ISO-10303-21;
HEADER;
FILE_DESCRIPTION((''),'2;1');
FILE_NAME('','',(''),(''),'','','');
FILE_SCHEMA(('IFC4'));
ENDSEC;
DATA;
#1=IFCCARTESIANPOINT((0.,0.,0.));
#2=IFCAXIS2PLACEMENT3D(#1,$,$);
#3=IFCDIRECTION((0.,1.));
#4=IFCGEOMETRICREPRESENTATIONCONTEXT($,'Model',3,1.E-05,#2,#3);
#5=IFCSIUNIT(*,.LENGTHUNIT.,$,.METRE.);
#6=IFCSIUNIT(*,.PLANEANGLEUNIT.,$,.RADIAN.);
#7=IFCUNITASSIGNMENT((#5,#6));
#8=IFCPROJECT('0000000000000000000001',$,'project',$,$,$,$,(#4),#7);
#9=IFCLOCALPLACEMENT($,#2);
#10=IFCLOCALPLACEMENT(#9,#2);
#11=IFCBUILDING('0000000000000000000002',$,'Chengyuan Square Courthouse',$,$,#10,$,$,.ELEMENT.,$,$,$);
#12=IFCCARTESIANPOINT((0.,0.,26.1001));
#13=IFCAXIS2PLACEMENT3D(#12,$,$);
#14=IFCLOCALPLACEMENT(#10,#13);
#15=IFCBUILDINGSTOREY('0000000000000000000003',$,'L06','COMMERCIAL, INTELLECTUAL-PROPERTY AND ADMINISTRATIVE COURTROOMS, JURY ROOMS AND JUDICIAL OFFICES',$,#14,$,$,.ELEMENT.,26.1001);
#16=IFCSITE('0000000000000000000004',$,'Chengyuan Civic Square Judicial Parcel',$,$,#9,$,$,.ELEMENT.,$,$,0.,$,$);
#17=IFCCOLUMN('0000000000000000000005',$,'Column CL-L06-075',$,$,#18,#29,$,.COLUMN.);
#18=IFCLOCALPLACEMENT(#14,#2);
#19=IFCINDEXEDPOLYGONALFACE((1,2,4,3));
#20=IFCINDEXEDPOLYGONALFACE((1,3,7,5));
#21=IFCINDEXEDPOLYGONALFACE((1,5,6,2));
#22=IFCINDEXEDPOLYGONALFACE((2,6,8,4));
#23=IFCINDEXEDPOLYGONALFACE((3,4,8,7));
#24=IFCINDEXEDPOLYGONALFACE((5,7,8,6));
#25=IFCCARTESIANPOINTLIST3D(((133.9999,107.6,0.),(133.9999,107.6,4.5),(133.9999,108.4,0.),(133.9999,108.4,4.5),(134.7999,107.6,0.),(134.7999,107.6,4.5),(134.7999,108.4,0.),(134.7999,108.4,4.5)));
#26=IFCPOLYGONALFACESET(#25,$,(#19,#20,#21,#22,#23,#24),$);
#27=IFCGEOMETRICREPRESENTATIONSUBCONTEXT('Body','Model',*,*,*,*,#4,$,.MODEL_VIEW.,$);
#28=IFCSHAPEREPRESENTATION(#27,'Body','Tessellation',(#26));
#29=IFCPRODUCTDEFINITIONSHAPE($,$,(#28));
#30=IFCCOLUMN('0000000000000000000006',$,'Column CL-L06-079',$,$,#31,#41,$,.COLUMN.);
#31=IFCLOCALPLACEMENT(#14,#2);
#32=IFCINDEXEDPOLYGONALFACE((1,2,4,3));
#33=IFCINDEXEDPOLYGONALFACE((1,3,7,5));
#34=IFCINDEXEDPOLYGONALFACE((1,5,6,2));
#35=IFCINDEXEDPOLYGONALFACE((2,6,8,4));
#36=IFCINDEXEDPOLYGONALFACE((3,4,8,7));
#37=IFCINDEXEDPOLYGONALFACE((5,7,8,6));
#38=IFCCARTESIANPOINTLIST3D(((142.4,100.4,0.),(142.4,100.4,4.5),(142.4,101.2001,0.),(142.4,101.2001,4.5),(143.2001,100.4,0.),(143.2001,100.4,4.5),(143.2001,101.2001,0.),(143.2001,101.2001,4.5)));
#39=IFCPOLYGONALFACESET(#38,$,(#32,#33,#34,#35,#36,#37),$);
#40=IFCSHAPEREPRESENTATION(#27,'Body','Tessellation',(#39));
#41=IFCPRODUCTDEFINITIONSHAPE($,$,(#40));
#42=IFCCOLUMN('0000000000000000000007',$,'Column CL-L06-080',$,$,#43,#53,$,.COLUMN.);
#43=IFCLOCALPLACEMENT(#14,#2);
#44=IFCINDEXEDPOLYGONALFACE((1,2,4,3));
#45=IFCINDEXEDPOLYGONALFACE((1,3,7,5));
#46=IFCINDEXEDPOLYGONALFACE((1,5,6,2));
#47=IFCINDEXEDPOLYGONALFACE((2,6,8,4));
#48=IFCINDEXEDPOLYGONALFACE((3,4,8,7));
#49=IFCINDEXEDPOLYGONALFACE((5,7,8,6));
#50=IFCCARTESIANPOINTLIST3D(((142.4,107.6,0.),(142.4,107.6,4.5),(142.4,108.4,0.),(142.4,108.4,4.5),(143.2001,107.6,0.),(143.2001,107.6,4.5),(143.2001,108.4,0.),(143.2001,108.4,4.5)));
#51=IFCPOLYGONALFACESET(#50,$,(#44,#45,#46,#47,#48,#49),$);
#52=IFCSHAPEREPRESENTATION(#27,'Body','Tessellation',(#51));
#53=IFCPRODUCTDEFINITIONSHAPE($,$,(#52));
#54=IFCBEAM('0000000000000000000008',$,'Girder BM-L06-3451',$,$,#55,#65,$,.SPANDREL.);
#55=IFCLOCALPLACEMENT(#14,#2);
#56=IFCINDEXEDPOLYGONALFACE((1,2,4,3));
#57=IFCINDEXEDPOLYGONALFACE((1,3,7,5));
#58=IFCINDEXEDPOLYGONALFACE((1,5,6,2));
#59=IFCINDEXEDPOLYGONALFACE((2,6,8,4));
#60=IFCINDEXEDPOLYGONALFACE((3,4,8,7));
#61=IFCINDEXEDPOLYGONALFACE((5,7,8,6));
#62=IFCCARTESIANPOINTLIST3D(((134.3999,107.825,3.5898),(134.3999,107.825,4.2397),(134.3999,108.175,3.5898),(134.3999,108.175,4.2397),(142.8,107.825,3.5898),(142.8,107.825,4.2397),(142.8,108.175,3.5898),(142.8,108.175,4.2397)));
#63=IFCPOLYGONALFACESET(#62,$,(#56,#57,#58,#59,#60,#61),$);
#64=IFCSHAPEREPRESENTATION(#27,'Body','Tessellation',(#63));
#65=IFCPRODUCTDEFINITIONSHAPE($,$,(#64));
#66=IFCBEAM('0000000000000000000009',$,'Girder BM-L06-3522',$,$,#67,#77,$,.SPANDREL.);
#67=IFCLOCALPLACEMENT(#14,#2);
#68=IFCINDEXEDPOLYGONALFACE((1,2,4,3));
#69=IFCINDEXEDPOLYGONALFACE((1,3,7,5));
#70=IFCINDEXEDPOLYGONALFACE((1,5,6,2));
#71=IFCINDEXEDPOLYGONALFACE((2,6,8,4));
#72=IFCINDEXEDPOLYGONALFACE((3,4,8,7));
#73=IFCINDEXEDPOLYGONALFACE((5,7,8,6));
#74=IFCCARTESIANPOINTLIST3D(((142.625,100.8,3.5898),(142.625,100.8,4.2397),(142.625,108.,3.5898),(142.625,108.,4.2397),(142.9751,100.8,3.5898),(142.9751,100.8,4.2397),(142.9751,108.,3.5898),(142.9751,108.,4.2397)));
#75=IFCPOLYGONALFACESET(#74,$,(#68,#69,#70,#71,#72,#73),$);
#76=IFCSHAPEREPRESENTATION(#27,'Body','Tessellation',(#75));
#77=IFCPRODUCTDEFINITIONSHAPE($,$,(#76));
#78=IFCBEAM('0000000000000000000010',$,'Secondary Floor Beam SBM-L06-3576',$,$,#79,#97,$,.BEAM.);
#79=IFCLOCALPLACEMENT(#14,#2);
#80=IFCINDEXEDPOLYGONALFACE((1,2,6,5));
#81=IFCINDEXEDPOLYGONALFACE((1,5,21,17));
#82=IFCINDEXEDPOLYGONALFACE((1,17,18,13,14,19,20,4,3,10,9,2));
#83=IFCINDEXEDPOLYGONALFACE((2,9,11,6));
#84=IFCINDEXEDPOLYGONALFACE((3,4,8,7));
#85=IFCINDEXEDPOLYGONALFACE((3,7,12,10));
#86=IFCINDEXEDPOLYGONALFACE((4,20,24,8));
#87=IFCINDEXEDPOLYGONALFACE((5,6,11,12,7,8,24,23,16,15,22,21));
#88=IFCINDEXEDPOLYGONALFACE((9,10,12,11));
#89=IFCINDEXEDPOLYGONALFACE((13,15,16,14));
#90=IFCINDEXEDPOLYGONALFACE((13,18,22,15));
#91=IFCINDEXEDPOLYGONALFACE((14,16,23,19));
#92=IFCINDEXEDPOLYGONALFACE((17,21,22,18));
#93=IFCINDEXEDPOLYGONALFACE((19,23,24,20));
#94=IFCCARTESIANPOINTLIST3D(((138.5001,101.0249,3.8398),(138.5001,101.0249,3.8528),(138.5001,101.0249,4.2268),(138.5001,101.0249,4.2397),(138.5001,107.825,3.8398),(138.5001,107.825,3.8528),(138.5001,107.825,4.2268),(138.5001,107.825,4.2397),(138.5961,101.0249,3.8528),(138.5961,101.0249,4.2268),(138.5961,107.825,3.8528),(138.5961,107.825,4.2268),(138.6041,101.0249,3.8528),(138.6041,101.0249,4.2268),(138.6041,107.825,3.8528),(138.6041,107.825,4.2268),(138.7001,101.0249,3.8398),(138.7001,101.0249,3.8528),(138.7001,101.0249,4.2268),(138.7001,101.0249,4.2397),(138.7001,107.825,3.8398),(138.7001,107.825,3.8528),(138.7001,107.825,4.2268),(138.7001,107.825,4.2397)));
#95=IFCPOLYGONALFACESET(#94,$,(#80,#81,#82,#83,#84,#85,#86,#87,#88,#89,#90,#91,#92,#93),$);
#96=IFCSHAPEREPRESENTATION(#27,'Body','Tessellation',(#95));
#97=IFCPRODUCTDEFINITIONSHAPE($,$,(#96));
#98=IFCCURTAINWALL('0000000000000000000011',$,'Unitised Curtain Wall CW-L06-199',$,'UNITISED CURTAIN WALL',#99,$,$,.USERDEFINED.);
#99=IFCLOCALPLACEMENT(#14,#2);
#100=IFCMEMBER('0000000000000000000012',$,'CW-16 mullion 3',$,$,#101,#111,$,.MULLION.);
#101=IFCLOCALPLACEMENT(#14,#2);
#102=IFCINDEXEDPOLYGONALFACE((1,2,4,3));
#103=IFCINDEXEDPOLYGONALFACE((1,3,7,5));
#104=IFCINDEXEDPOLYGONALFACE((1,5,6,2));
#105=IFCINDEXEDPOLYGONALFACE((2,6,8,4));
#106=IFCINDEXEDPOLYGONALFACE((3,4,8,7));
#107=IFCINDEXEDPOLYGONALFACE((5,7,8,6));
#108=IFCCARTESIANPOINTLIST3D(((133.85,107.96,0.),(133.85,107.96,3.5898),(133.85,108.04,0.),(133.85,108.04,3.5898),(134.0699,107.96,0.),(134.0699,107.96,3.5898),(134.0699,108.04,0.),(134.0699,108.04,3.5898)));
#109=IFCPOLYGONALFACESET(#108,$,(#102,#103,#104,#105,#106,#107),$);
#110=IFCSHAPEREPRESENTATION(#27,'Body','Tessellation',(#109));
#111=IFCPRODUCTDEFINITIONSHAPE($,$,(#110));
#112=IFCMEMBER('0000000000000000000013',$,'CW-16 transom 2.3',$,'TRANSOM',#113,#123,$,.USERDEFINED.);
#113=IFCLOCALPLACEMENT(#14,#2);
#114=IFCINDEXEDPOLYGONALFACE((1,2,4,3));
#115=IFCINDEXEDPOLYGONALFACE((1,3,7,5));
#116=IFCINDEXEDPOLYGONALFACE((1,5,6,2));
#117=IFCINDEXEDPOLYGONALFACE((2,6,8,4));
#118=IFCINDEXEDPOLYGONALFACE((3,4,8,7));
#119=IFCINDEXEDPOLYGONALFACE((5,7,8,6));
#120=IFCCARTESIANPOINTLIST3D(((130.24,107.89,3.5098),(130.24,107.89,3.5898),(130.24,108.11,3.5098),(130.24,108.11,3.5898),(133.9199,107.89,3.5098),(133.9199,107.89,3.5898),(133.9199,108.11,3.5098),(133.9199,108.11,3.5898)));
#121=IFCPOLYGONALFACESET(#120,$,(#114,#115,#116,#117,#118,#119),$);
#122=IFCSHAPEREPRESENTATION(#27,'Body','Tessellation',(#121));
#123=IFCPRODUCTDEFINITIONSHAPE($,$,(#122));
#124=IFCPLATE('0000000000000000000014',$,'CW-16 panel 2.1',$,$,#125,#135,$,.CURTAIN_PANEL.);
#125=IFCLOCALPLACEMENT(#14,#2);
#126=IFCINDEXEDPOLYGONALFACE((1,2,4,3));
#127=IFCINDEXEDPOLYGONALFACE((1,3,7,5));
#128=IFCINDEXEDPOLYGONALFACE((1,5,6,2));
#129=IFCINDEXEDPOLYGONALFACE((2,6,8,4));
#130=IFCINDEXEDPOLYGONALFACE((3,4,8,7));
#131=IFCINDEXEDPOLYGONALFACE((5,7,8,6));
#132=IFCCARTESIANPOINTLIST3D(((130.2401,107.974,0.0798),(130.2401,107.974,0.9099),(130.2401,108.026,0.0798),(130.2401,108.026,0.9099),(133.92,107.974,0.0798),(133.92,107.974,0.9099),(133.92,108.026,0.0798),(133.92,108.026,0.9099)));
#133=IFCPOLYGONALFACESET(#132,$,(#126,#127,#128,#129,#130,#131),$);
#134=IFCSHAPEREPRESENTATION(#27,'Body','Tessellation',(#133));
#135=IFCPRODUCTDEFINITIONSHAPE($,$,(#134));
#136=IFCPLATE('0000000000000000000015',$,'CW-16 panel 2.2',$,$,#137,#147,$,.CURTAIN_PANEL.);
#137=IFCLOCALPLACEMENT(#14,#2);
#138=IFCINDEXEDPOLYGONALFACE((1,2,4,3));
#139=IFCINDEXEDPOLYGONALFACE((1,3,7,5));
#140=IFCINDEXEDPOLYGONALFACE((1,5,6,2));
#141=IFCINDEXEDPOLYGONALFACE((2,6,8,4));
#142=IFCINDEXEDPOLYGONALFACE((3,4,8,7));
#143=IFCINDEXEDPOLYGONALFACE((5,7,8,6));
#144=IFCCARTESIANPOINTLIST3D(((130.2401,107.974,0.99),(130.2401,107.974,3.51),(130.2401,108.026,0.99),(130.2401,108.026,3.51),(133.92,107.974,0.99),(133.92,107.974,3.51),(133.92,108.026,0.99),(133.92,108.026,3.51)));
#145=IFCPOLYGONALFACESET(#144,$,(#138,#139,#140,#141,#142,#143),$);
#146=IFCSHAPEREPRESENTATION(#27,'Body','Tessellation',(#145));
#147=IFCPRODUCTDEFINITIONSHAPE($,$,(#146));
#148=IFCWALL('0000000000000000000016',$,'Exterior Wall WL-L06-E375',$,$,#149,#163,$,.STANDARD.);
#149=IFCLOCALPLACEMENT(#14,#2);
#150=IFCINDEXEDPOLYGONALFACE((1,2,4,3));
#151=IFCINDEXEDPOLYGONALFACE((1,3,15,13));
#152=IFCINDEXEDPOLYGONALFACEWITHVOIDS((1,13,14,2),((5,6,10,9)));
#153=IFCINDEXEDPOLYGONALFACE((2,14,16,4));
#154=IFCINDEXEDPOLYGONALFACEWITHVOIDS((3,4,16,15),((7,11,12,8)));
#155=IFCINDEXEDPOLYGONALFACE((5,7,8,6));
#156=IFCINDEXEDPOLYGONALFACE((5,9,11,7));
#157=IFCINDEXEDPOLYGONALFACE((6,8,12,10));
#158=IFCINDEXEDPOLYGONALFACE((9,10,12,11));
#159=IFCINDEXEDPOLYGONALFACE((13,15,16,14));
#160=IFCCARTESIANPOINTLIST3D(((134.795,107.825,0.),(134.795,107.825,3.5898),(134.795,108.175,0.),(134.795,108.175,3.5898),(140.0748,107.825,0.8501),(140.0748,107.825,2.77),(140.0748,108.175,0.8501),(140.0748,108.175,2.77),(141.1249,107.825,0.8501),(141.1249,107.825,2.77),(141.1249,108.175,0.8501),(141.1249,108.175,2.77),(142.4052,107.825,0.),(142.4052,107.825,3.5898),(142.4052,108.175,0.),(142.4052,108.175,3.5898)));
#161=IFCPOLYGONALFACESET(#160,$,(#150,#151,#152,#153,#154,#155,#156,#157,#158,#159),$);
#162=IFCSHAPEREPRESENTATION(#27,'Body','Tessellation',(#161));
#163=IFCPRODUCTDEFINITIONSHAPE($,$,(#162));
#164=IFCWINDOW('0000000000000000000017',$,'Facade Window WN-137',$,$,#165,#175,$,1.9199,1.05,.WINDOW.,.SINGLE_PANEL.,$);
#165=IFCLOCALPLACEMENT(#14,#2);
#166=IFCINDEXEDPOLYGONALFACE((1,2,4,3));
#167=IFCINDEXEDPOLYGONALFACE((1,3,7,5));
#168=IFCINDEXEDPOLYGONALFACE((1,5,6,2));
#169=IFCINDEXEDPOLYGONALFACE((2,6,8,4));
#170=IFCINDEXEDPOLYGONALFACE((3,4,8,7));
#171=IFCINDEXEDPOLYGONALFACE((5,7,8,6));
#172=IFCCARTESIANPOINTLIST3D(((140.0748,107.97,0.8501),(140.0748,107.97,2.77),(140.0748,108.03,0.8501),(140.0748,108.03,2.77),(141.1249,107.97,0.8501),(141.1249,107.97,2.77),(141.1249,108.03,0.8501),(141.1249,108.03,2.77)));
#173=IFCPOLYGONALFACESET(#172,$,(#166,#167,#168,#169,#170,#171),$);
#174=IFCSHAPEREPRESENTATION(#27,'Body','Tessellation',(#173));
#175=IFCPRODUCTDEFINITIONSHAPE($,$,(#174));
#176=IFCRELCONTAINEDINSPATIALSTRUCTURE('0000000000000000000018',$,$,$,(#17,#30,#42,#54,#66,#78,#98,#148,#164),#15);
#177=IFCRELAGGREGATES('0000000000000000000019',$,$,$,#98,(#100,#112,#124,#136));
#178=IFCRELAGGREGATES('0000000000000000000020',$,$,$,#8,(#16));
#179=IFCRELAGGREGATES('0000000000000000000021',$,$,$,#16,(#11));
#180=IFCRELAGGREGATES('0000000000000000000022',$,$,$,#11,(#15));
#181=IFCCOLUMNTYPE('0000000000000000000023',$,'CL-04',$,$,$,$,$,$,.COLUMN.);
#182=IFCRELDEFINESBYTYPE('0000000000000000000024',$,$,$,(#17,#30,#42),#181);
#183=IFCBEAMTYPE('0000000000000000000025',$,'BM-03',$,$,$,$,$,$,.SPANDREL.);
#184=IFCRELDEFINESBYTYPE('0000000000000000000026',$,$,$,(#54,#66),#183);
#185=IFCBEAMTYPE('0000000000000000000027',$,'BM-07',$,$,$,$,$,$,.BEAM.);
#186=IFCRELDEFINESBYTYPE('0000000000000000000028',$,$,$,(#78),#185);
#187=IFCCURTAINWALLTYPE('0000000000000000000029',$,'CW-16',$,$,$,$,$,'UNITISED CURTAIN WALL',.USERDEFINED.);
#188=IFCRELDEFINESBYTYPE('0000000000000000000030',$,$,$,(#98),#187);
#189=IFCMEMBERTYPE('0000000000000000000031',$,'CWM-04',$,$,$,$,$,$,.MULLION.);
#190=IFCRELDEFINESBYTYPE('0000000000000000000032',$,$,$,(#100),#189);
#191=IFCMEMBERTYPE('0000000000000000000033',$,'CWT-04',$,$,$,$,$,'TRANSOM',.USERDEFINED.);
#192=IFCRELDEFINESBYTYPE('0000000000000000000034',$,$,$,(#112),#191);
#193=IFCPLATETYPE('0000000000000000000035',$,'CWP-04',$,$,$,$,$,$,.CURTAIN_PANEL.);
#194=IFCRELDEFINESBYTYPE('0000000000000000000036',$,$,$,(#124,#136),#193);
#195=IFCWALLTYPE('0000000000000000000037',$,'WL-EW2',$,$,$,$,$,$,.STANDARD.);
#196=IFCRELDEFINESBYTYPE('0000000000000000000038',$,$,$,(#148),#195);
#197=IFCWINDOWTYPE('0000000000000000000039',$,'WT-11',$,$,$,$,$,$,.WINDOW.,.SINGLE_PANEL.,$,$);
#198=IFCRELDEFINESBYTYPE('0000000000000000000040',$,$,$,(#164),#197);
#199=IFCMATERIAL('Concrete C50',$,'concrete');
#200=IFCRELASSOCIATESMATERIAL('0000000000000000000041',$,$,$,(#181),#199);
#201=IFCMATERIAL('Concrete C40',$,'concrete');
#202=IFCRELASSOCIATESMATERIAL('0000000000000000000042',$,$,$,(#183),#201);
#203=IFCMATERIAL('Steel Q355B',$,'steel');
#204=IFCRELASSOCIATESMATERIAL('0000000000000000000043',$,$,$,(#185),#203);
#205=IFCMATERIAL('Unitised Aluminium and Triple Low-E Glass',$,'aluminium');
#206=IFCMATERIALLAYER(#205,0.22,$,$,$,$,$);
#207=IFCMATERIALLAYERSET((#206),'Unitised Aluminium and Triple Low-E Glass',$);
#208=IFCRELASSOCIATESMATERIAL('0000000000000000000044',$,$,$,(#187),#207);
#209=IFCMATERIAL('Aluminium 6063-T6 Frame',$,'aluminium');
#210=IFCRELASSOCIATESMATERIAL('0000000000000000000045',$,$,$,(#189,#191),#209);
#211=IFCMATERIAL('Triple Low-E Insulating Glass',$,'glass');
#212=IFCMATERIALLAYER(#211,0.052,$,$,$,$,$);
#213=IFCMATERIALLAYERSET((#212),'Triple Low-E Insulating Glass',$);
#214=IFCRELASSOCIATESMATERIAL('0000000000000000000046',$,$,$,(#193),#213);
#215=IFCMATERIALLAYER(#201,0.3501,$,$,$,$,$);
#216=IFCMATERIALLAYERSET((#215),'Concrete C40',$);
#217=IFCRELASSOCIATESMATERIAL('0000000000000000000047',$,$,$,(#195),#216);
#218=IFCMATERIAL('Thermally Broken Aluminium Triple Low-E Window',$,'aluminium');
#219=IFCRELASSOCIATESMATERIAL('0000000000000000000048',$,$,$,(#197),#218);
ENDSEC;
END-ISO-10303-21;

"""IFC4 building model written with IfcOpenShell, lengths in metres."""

from ifc_helpers import new_model, si_unit, direction, frame, frame_2d, origin, origin_2d, place, context, subcontext, project, spatial, rectangle, i_section, extrude, material, layer, layer_set, material_profile, profile_set, type_object, element, fill, aggregate, save


model = new_model("IFC4")

# Units and contexts
model_context = context("Model", 3, precision=1e-05, world=origin(), true_north=direction((0.0, 1.0)))
body_context = subcontext(model_context, "Body", "Model", "MODEL_VIEW")
ifc_project = project(units=[si_unit("LENGTHUNIT", "METRE"), si_unit("PLANEANGLEUNIT", "RADIAN")], contexts=[model_context])

# Site, building, storey
site_placement = place(None, origin())
site = spatial("IfcSite", under=ifc_project, at=site_placement, Name="Chengyuan Civic Square Judicial Parcel", CompositionType="ELEMENT", RefElevation=0.0)
building_placement = place(site_placement, origin())
building = spatial("IfcBuilding", under=site, at=building_placement, Name="Chengyuan Square Courthouse", CompositionType="ELEMENT")
storey_placement = place(building_placement, frame((0.0, 0.0, 26.1001)))
storey = spatial("IfcBuildingStorey", under=building, at=storey_placement, Name="L06", Description="COMMERCIAL, INTELLECTUAL-PROPERTY AND ADMINISTRATIVE COURTROOMS, JURY ROOMS AND JUDICIAL OFFICES", CompositionType="ELEMENT", Elevation=26.1001)

# Columns
ifc_material_1 = material(Name="Concrete C50", Category="concrete")
ifc_material_profile_1 = material_profile(ifc_material_1, rectangle(XDim=0.8, YDim=0.8, at=origin_2d()), Name="RC-COL-800x800")
ifc_profile_set_1 = profile_set([ifc_material_profile_1], Name="Concrete C50")
column_type = type_object("IfcColumnType", Name="CL-04", PredefinedType="COLUMN", material=ifc_profile_set_1)
for number, where, z_axis, x_axis, name in (
    (1, (134.3999, 108.0, 0.0), (0.0, 0.0, 1.0), (1.0, 0.0, 0.0), "Column CL-L06-075"),
    (2, (142.8, 100.8, 0.0), (0.0, 0.0, 1.0), (1.0, 0.0, 0.0), "Column CL-L06-079"),
    (3, (142.8, 108.0, 0.0), (0.0, 0.0, 1.0), (1.0, 0.0, 0.0), "Column CL-L06-080"),
):
    element("IfcColumn", number, at=place(storey_placement, frame(where, z_axis=z_axis, x_axis=x_axis)), inside=storey, type_object=column_type, Name=name, PredefinedType="COLUMN", context=body_context, shape_type="SweptSolid", body=[
        extrude(rectangle(XDim=0.8, YDim=0.8, at=origin_2d()), origin(), (0.0, 0.0, 1.0), 4.5),
    ])

# Beams
ifc_material_2 = material(Name="Concrete C40", Category="concrete")
ifc_material_profile_2 = material_profile(ifc_material_2, rectangle(XDim=0.3501, YDim=0.6499, at=origin_2d()), Name="RC-BM-350x650")
ifc_profile_set_2 = profile_set([ifc_material_profile_2], Name="Concrete C40")
beam_type_1 = type_object("IfcBeamType", Name="BM-03", PredefinedType="SPANDREL", material=ifc_profile_set_2)
beam_1_placement = place(storey_placement, frame((134.3999, 108.0, 3.9148), z_axis=(1.0, 0.0, 0.0), x_axis=(0.0, 1.0, 0.0)))
element("IfcBeam", 4, at=beam_1_placement, inside=storey, type_object=beam_type_1, Name="Girder BM-L06-3451", PredefinedType="SPANDREL", context=body_context, shape_type="SweptSolid", body=[
    extrude(rectangle(XDim=0.3501, YDim=0.6499, at=origin_2d()), origin(), (0.0, 0.0, 1.0), 8.4001),
])
beam_2_placement = place(storey_placement, frame((142.8, 100.8, 3.9148), z_axis=(0.0, 1.0, 0.0), x_axis=(-1.0, 0.0, 0.0)))
element("IfcBeam", 5, at=beam_2_placement, inside=storey, type_object=beam_type_1, Name="Girder BM-L06-3522", PredefinedType="SPANDREL", context=body_context, shape_type="SweptSolid", body=[
    extrude(rectangle(XDim=0.3501, YDim=0.6499, at=origin_2d()), origin(), (0.0, 0.0, 1.0), 7.2),
])
ifc_material_3 = material(Name="Steel Q355B", Category="steel")
ifc_material_profile_3 = material_profile(ifc_material_3, i_section(OverallWidth=0.2, OverallDepth=0.3999, WebThickness=0.0081, FlangeThickness=0.0129, at=origin_2d()), Name="HN 400x200x8x13")
ifc_profile_set_3 = profile_set([ifc_material_profile_3], Name="Steel Q355B")
beam_type_2 = type_object("IfcBeamType", Name="BM-07", PredefinedType="BEAM", material=ifc_profile_set_3)
beam_3_placement = place(storey_placement, frame((138.6001, 101.0249, 4.0398), z_axis=(0.0, 1.0, 0.0), x_axis=(-1.0, 0.0, 0.0)))
element("IfcBeam", 6, at=beam_3_placement, inside=storey, type_object=beam_type_2, Name="Secondary Floor Beam SBM-L06-3576", PredefinedType="BEAM", context=body_context, shape_type="SweptSolid", body=[
    extrude(i_section(OverallWidth=0.2, OverallDepth=0.3999, WebThickness=0.0081, FlangeThickness=0.0129, at=origin_2d()), origin(), (0.0, 0.0, 1.0), 6.8),
])

# Curtain wall, members, plates
ifc_material_4 = material(Name="Unitised Aluminium and Triple Low-E Glass", Category="aluminium")
ifc_layer_1 = layer(ifc_material_4, 0.22)
ifc_layer_set_1 = layer_set([ifc_layer_1], Name="Unitised Aluminium and Triple Low-E Glass")
curtain_wall_type = type_object("IfcCurtainWallType", Name="CW-16", ElementType="UNITISED CURTAIN WALL", PredefinedType="USERDEFINED", material=ifc_layer_set_1)
curtain_wall_placement = place(storey_placement, origin())
curtain_wall = element("IfcCurtainWall", 7, at=curtain_wall_placement, inside=storey, type_object=curtain_wall_type, Name="Unitised Curtain Wall CW-L06-199", ObjectType="UNITISED CURTAIN WALL", PredefinedType="USERDEFINED")
ifc_material_5 = material(Name="Aluminium 6063-T6 Frame", Category="aluminium")
ifc_material_profile_4 = material_profile(ifc_material_5, rectangle(XDim=0.0801, YDim=0.22, at=origin_2d()), Name="CW-MUL-80x220")
ifc_profile_set_4 = profile_set([ifc_material_profile_4], Name="Aluminium 6063-T6 Frame")
member_type_1 = type_object("IfcMemberType", Name="CWM-04", PredefinedType="MULLION", material=ifc_profile_set_4)
member_1_placement = place(storey_placement, frame((133.96, 108.0, 0.0), z_axis=(0.0, 0.0, 1.0), x_axis=(0.0, 1.0, 0.0)))
member_1 = element("IfcMember", 8, at=member_1_placement, type_object=member_type_1, Name="CW-16 mullion 3", PredefinedType="MULLION", context=body_context, shape_type="SweptSolid", body=[
    extrude(rectangle(XDim=0.0801, YDim=0.22, at=origin_2d()), origin(), (0.0, 0.0, 1.0), 3.5898),
])
ifc_material_profile_5 = material_profile(ifc_material_5, rectangle(XDim=0.22, YDim=0.0801, at=origin_2d()), Name="CW-TRN-80x180")
ifc_profile_set_5 = profile_set([ifc_material_profile_5], Name="Aluminium 6063-T6 Frame")
member_type_2 = type_object("IfcMemberType", Name="CWT-04", ElementType="TRANSOM", PredefinedType="USERDEFINED", material=ifc_profile_set_5)
member_2_placement = place(storey_placement, frame((130.24, 108.0, 3.5498), z_axis=(1.0, 0.0, 0.0), x_axis=(0.0, 1.0, 0.0)))
member_2 = element("IfcMember", 9, at=member_2_placement, type_object=member_type_2, Name="CW-16 transom 2.3", ObjectType="TRANSOM", PredefinedType="USERDEFINED", context=body_context, shape_type="SweptSolid", body=[
    extrude(rectangle(XDim=0.22, YDim=0.0801, at=origin_2d()), origin(), (0.0, 0.0, 1.0), 3.6799),
])
ifc_material_6 = material(Name="Triple Low-E Insulating Glass", Category="glass")
ifc_layer_2 = layer(ifc_material_6, 0.052)
ifc_layer_set_2 = layer_set([ifc_layer_2], Name="Triple Low-E Insulating Glass")
plate_type = type_object("IfcPlateType", Name="CWP-04", PredefinedType="CURTAIN_PANEL", material=ifc_layer_set_2)
plate_1_placement = place(storey_placement, frame((132.0801, 108.0, 0.0798), z_axis=(0.0, 0.0, 1.0), x_axis=(1.0, 0.0, 0.0)))
plate_1 = element("IfcPlate", 10, at=plate_1_placement, type_object=plate_type, Name="CW-16 panel 2.1", PredefinedType="CURTAIN_PANEL", context=body_context, shape_type="SweptSolid", body=[
    extrude(rectangle(XDim=3.6799, YDim=0.052, at=origin_2d()), origin(), (0.0, 0.0, 1.0), 0.8301),
])
plate_2_placement = place(storey_placement, frame((132.0801, 108.0, 0.99), z_axis=(0.0, 0.0, 1.0), x_axis=(1.0, 0.0, 0.0)))
plate_2 = element("IfcPlate", 11, at=plate_2_placement, type_object=plate_type, Name="CW-16 panel 2.2", PredefinedType="CURTAIN_PANEL", context=body_context, shape_type="SweptSolid", body=[
    extrude(rectangle(XDim=3.6799, YDim=0.052, at=origin_2d()), origin(), (0.0, 0.0, 1.0), 2.52),
])
aggregate(curtain_wall, [member_1, member_2, plate_1, plate_2])

# Wall, opening, window
ifc_layer_3 = layer(ifc_material_2, 0.3501)
ifc_layer_set_3 = layer_set([ifc_layer_3], Name="Concrete C40")
wall_type_1 = type_object("IfcWallType", Name="WL-EW2", PredefinedType="STANDARD", material=ifc_layer_set_3)
wall_1_placement = place(storey_placement, frame((134.7949, 108.0, 0.0), z_axis=(0.0, 0.0, 1.0), x_axis=(1.0, 0.0, 0.0)))
wall_1 = element("IfcWall", 12, at=wall_1_placement, inside=storey, type_object=wall_type_1, Name="Exterior Wall WL-L06-E375", PredefinedType="STANDARD", context=body_context, shape_type="SweptSolid", body=[
    extrude(rectangle(XDim=7.6101, YDim=0.3501, at=frame_2d((3.8052, 0.0))), origin(), (0.0, 0.0, 1.0), 3.5898),
])
opening_1_placement = place(wall_1_placement, frame((5.28, 0.0, 0.8501)))
opening_1 = element("IfcOpeningElement", 13, at=opening_1_placement, cuts=wall_1, PredefinedType="OPENING", context=body_context, shape_type="SweptSolid", body=[
    extrude(rectangle(XDim=1.05, YDim=1.9199, at=frame_2d((0.5249, 0.96))), frame((0.0, 0.187, 0.0), z_axis=(0.0, -1.0, 0.0), x_axis=(1.0, 0.0, 0.0)), (0.0, 0.0, 1.0), 0.374),
])
ifc_material_7 = material(Name="Thermally Broken Aluminium Triple Low-E Window", Category="aluminium")
window_type_1 = type_object("IfcWindowType", Name="WT-11", PartitioningType="SINGLE_PANEL", PredefinedType="WINDOW", material=ifc_material_7)
window_1_placement = place(opening_1_placement, origin())
window_1 = element("IfcWindow", 14, at=window_1_placement, inside=storey, type_object=window_type_1, Name="Facade Window WN-137", OverallHeight=1.9199, OverallWidth=1.05, PartitioningType="SINGLE_PANEL", PredefinedType="WINDOW", context=body_context, shape_type="SweptSolid", body=[
    extrude(rectangle(XDim=1.05, YDim=1.9199, at=frame_2d((0.5249, 0.96))), frame((0.0, 0.03, 0.0), z_axis=(0.0, -1.0, 0.0), x_axis=(1.0, 0.0, 0.0)), (0.0, 0.0, 1.0), 0.0601),
])
fill(opening_1, window_1)

save(model, "model.ifc")
